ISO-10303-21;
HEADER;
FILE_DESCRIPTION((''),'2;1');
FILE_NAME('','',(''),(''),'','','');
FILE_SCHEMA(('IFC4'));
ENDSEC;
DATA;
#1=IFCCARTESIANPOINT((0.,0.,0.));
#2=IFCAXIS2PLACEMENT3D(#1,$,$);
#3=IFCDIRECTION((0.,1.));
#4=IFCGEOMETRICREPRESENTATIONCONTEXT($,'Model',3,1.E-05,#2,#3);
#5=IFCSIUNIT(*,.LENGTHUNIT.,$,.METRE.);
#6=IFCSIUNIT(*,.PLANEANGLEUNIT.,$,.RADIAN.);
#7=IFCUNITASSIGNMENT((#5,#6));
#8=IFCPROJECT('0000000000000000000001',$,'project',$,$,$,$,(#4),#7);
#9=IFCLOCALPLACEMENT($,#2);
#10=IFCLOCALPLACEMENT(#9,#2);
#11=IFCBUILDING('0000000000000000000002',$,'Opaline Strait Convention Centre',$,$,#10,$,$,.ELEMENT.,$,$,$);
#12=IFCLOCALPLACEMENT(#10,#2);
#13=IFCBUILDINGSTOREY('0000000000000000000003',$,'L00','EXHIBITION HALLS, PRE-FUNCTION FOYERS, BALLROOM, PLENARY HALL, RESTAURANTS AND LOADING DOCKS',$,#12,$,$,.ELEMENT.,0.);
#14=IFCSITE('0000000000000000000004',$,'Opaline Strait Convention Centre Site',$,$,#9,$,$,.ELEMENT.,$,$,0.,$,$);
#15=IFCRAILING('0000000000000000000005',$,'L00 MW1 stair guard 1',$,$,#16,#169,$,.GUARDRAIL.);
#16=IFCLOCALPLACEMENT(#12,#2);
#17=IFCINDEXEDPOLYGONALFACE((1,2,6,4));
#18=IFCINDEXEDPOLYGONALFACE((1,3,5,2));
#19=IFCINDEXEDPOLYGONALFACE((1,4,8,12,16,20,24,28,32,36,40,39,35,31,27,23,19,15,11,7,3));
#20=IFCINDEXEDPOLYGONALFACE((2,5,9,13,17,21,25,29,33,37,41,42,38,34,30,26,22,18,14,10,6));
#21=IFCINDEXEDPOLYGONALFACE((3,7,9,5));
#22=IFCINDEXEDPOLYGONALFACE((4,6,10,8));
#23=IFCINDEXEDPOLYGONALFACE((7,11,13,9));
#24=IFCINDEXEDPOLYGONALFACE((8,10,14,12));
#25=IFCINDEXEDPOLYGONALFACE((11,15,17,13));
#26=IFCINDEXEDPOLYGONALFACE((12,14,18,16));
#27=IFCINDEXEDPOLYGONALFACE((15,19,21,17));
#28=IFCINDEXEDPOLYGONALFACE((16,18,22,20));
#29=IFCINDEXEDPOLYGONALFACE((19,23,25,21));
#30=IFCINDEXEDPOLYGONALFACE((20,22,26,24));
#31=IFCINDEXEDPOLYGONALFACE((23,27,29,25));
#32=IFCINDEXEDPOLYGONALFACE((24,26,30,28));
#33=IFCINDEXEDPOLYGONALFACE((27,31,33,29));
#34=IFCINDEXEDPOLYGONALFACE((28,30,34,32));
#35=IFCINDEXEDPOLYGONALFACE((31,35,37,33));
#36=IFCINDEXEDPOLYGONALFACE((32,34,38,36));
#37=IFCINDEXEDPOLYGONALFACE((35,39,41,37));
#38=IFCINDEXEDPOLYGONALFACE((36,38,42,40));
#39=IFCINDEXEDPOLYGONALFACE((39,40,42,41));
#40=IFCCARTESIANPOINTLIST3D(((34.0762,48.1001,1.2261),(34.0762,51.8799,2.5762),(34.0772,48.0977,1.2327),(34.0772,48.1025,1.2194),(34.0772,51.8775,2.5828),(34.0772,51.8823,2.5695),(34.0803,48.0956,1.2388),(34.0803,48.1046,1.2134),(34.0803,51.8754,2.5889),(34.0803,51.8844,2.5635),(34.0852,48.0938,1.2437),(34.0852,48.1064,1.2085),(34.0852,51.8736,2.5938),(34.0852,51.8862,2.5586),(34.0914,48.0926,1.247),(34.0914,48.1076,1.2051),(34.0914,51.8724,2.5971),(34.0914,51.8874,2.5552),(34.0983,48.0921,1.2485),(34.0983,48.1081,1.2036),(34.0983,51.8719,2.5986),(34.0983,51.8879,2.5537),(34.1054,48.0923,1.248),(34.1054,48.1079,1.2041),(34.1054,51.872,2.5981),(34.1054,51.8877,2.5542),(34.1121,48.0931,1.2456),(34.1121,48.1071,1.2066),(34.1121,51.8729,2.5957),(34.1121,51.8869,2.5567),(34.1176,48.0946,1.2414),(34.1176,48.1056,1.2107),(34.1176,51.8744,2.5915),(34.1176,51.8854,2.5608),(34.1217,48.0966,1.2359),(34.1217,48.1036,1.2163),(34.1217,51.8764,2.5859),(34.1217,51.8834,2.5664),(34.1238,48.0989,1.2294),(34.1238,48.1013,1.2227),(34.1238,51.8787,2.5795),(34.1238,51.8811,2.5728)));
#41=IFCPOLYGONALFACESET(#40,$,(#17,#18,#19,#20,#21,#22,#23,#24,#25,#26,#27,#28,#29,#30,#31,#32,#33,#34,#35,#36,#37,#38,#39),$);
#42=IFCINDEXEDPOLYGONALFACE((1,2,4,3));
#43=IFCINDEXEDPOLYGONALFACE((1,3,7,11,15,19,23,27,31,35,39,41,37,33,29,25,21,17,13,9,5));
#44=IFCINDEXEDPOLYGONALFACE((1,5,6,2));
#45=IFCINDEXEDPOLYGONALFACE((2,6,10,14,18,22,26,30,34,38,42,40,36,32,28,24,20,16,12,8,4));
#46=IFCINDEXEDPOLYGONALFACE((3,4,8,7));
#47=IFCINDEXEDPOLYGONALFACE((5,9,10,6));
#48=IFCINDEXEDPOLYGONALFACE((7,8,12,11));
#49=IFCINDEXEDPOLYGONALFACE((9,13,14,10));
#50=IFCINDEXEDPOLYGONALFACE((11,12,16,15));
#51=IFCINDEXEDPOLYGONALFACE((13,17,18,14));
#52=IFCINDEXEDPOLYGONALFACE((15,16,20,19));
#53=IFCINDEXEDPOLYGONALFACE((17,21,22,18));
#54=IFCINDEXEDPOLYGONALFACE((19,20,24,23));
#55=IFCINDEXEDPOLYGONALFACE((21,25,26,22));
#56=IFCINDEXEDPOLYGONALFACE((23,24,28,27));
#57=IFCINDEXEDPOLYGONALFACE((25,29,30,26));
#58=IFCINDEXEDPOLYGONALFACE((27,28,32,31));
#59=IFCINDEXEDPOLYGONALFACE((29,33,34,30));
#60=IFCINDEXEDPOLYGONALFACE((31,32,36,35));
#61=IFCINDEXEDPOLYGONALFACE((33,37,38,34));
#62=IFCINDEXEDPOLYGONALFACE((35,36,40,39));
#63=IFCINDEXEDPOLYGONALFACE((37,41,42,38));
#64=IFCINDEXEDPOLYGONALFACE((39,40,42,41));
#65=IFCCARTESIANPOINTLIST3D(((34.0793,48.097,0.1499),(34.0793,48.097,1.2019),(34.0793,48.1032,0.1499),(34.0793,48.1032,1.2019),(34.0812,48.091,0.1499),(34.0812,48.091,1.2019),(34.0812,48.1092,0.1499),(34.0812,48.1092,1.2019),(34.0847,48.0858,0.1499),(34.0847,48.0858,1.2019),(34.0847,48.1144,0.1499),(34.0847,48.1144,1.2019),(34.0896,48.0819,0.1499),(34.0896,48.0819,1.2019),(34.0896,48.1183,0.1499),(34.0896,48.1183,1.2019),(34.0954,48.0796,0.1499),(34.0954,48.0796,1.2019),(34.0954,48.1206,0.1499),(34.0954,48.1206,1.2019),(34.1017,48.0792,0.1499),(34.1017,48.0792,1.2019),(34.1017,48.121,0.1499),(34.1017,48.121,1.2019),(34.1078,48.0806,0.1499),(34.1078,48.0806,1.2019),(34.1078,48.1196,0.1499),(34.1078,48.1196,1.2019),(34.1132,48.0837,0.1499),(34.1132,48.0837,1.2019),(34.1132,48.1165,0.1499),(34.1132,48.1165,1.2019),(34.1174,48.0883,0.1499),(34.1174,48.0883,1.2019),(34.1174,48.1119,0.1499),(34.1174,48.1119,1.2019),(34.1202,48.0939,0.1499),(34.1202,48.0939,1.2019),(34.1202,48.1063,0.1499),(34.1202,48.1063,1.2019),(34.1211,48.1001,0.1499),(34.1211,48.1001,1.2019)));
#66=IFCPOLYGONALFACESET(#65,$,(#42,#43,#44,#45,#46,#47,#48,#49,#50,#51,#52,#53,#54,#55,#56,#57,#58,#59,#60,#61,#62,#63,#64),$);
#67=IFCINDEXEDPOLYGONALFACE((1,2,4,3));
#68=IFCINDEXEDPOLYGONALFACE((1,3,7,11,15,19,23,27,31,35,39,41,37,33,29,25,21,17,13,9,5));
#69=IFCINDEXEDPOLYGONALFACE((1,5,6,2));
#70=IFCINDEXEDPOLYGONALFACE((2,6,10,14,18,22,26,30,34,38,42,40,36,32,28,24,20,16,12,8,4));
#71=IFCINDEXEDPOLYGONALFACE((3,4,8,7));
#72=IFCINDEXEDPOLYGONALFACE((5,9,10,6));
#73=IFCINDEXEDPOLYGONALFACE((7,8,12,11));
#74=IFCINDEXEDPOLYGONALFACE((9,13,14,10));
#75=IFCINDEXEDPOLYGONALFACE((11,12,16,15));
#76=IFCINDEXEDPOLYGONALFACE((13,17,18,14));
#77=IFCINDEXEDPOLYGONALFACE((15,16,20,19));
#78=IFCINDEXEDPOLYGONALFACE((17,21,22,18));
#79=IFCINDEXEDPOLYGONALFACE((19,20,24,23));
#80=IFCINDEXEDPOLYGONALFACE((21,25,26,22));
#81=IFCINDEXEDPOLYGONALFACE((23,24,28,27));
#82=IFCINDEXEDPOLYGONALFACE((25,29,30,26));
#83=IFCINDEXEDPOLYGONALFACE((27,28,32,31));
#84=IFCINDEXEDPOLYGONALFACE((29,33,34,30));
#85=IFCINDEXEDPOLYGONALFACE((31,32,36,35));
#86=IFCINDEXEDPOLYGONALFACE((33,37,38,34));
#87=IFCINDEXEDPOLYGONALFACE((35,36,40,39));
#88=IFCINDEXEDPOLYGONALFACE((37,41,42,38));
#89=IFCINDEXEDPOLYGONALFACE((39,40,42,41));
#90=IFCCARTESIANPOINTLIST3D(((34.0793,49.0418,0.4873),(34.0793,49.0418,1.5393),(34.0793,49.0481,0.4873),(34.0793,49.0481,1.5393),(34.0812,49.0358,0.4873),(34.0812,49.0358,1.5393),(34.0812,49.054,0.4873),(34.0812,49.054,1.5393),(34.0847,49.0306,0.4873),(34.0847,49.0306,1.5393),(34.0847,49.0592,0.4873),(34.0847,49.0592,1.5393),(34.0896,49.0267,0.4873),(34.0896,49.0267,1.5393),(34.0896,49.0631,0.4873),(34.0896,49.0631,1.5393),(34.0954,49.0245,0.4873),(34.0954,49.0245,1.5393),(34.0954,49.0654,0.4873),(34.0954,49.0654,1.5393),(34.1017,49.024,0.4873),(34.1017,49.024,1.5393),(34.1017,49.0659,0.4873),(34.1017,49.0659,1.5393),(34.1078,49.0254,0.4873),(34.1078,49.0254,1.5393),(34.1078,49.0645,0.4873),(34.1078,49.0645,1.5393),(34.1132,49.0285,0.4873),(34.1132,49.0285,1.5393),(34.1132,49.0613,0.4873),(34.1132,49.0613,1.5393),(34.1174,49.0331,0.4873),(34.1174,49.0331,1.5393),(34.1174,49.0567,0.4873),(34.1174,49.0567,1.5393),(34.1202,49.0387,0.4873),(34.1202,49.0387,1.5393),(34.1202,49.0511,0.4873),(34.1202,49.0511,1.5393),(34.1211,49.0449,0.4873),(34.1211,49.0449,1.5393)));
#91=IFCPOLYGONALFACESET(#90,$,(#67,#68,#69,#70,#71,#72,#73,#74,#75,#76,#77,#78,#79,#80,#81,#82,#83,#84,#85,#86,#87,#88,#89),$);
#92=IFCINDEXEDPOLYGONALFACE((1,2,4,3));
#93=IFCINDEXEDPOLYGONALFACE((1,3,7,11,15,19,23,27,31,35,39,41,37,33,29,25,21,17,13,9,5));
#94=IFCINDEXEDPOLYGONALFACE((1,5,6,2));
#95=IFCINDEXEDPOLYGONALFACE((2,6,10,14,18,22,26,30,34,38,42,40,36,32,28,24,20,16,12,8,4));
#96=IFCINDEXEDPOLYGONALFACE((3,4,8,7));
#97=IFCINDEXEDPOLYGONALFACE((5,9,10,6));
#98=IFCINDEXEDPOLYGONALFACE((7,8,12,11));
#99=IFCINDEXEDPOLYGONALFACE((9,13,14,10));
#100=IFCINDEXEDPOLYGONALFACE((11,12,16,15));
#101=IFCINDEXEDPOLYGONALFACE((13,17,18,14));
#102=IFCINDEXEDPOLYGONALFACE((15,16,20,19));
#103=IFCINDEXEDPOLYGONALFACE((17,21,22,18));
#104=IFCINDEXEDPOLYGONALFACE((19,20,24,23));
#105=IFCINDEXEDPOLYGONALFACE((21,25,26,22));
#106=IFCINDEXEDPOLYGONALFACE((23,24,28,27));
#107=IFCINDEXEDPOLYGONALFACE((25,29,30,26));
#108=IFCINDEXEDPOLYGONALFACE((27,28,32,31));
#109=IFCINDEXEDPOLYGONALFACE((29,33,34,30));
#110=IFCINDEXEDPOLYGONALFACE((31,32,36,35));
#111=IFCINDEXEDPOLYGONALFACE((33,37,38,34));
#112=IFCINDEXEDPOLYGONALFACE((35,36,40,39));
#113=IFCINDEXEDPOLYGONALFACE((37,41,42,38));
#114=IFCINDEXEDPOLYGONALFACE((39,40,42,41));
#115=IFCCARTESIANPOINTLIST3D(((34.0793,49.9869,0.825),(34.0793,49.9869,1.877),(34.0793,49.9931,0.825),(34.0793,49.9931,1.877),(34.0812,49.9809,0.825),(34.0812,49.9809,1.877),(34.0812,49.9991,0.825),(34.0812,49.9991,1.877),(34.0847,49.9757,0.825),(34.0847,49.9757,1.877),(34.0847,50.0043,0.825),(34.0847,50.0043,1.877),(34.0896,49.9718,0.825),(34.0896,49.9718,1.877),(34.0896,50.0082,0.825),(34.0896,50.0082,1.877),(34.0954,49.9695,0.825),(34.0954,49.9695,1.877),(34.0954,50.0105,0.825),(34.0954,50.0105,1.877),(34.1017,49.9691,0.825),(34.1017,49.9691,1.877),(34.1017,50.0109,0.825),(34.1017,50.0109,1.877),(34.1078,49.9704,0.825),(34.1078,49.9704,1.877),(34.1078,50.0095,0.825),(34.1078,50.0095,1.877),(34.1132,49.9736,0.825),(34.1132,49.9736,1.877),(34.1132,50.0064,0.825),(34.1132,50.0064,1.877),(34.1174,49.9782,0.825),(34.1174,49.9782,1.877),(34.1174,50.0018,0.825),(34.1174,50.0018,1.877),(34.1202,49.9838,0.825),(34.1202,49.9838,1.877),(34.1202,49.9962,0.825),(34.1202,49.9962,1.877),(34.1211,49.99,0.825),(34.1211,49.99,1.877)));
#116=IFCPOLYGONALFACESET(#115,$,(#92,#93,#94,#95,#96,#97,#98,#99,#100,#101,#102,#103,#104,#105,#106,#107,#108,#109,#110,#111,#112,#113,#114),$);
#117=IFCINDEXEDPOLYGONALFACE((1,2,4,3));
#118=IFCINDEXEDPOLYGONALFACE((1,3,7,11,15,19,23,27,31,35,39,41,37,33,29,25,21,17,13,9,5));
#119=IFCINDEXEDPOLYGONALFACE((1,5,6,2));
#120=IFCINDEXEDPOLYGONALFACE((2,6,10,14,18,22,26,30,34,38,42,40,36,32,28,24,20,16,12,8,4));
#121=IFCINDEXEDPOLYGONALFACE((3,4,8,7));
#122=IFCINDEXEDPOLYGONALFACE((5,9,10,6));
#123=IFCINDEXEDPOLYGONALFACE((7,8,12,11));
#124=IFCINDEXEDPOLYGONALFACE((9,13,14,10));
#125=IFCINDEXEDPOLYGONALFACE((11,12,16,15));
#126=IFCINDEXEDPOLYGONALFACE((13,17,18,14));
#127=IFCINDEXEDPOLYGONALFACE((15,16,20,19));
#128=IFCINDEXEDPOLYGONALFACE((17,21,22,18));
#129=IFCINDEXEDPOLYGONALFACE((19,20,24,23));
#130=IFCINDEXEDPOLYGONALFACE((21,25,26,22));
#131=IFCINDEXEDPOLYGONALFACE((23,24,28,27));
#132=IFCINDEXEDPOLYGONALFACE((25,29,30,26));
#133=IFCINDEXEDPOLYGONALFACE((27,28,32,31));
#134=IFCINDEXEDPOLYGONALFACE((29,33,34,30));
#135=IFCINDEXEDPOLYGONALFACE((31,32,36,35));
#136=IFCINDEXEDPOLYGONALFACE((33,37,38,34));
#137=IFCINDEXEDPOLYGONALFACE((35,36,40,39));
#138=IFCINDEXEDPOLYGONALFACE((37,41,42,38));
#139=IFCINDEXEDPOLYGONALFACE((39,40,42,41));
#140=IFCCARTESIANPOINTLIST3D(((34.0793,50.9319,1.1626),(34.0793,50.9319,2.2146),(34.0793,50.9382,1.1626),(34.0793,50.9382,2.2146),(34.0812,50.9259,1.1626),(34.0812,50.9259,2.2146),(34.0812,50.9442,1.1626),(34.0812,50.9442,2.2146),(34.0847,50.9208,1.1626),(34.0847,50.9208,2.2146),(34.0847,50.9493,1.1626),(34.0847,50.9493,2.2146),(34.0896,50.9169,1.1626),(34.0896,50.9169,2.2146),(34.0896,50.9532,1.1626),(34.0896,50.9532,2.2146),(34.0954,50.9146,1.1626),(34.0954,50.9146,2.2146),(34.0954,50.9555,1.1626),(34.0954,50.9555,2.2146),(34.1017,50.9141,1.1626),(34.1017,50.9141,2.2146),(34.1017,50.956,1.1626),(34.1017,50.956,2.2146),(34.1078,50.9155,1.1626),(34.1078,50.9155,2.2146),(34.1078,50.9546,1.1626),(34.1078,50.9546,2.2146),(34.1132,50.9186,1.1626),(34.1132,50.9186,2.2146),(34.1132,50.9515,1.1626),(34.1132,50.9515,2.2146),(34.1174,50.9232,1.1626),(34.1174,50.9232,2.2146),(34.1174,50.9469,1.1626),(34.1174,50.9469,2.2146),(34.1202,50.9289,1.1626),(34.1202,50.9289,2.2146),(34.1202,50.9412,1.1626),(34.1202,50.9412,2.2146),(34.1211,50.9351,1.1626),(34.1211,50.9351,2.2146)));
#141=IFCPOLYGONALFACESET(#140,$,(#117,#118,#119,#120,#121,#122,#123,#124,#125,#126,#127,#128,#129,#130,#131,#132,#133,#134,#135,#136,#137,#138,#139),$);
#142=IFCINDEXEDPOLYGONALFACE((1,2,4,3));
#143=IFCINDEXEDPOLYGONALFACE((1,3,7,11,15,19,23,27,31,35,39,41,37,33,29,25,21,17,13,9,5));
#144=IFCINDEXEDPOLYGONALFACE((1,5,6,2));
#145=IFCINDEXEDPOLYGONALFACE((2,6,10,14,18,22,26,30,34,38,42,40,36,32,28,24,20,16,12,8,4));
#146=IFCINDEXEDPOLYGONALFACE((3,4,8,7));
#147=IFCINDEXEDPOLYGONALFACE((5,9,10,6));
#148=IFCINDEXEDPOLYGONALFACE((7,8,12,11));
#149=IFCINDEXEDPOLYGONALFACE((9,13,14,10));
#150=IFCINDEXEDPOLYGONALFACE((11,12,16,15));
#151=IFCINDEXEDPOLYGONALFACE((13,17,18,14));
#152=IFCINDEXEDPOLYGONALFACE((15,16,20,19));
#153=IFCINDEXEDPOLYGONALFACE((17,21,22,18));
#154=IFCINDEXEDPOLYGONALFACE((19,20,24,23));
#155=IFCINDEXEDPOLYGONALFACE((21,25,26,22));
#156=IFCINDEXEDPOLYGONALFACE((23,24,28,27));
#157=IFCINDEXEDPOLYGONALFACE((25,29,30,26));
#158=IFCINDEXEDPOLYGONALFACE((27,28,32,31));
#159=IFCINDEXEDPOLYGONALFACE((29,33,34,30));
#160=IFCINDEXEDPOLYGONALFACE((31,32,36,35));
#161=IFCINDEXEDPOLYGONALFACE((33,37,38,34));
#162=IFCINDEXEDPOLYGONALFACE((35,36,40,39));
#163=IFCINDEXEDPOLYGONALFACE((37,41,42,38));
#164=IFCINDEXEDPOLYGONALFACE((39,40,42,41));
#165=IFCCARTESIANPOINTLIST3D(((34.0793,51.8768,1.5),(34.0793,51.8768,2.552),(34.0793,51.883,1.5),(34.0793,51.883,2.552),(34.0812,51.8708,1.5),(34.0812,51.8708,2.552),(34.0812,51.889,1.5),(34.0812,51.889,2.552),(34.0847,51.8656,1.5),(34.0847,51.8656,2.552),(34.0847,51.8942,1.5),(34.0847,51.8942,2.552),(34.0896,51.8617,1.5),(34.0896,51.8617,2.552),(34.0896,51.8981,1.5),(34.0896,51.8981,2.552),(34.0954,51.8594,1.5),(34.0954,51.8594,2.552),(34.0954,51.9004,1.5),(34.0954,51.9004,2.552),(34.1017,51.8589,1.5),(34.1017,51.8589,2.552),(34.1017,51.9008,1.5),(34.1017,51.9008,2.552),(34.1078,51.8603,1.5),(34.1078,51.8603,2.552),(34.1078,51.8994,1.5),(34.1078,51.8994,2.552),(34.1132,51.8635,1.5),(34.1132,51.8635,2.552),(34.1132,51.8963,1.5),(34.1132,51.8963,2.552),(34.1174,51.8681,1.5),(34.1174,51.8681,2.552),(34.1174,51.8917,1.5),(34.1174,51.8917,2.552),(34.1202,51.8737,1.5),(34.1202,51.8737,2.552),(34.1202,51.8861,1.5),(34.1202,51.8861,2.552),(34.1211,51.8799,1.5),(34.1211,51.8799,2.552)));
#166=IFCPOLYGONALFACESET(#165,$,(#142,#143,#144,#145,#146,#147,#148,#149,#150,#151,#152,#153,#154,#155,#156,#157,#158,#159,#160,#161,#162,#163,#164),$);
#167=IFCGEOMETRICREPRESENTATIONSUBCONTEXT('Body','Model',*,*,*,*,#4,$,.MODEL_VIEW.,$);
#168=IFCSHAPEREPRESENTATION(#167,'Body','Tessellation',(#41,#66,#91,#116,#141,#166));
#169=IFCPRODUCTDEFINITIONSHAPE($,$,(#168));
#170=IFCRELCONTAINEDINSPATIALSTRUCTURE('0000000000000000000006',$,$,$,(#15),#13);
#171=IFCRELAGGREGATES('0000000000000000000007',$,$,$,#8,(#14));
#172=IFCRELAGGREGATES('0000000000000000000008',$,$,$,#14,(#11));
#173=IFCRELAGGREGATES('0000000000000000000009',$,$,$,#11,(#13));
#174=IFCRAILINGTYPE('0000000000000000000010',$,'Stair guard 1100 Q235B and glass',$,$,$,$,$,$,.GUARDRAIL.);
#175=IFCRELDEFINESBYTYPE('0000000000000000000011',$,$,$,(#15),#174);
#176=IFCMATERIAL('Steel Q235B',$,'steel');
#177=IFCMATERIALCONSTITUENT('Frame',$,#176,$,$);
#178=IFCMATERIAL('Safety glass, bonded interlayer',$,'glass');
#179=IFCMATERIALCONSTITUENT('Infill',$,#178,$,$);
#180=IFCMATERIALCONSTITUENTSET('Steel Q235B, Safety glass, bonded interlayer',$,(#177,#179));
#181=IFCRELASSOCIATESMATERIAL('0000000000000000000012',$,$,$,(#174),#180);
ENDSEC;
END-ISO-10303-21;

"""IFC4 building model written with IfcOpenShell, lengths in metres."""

from ifc_helpers import new_model, si_unit, direction, frame, origin, origin_2d, place, context, subcontext, project, spatial, circle, extrude, material, constituent, constituent_set, type_object, element, save


model = new_model("IFC4")

# Units and contexts
model_context = context("Model", 3, precision=1e-05, world=origin(), true_north=direction((0.0, 1.0)))
body_context = subcontext(model_context, "Body", "Model", "MODEL_VIEW")
ifc_project = project(units=[si_unit("LENGTHUNIT", "METRE"), si_unit("PLANEANGLEUNIT", "RADIAN")], contexts=[model_context])

# Site, building, storey
site_placement = place(None, origin())
site = spatial("IfcSite", under=ifc_project, at=site_placement, Name="Opaline Strait Convention Centre Site", CompositionType="ELEMENT", RefElevation=0.0)
building_placement = place(site_placement, origin())
building = spatial("IfcBuilding", under=site, at=building_placement, Name="Opaline Strait Convention Centre", CompositionType="ELEMENT")
storey_placement = place(building_placement, origin())
storey = spatial("IfcBuildingStorey", under=building, at=storey_placement, Name="L00", Description="EXHIBITION HALLS, PRE-FUNCTION FOYERS, BALLROOM, PLENARY HALL, RESTAURANTS AND LOADING DOCKS", CompositionType="ELEMENT", Elevation=0.0)

# Railing
ifc_material_1 = material(Name="Steel Q235B", Category="steel")
ifc_constituent_1 = constituent(ifc_material_1, Name="Frame")
ifc_material_2 = material(Name="Safety glass, bonded interlayer", Category="glass")
ifc_constituent_2 = constituent(ifc_material_2, Name="Infill")
ifc_constituent_set = constituent_set(constituents=[ifc_constituent_1, ifc_constituent_2], Name="Steel Q235B, Safety glass, bonded interlayer")
railing_type_1 = type_object("IfcRailingType", Name="Stair guard 1100 Q235B and glass", PredefinedType="GUARDRAIL", material=ifc_constituent_set)
railing_1_placement = place(storey_placement, frame((34.1001, 48.1001, 0.1499)))
element("IfcRailing", 1, at=railing_1_placement, inside=storey, type_object=railing_type_1, Name="L00 MW1 stair guard 1", PredefinedType="GUARDRAIL", context=body_context, shape_type="SweptSolid", body=[
    extrude(circle(Radius=0.0239, at=origin_2d()), frame((0.0, 0.0, 1.0762), z_axis=(0.0, 0.941728, 0.336375), x_axis=(-1.0, 0.0, 0.0)), (0.0, 0.0, 1.0), 4.0137),
    extrude(circle(Radius=0.021, at=origin_2d()), origin(), (0.0, 0.0, 1.0), 1.052),
    extrude(circle(Radius=0.021, at=origin_2d()), frame((0.0, 0.9448, 0.3374)), (0.0, 0.0, 1.0), 1.052),
    extrude(circle(Radius=0.021, at=origin_2d()), frame((0.0, 1.8899, 0.675)), (0.0, 0.0, 1.0), 1.052),
    extrude(circle(Radius=0.021, at=origin_2d()), frame((0.0, 2.835, 1.0127)), (0.0, 0.0, 1.0), 1.052),
    extrude(circle(Radius=0.021, at=origin_2d()), frame((0.0, 3.7798, 1.3501)), (0.0, 0.0, 1.0), 1.052),
])

save(model, "model.ifc")
